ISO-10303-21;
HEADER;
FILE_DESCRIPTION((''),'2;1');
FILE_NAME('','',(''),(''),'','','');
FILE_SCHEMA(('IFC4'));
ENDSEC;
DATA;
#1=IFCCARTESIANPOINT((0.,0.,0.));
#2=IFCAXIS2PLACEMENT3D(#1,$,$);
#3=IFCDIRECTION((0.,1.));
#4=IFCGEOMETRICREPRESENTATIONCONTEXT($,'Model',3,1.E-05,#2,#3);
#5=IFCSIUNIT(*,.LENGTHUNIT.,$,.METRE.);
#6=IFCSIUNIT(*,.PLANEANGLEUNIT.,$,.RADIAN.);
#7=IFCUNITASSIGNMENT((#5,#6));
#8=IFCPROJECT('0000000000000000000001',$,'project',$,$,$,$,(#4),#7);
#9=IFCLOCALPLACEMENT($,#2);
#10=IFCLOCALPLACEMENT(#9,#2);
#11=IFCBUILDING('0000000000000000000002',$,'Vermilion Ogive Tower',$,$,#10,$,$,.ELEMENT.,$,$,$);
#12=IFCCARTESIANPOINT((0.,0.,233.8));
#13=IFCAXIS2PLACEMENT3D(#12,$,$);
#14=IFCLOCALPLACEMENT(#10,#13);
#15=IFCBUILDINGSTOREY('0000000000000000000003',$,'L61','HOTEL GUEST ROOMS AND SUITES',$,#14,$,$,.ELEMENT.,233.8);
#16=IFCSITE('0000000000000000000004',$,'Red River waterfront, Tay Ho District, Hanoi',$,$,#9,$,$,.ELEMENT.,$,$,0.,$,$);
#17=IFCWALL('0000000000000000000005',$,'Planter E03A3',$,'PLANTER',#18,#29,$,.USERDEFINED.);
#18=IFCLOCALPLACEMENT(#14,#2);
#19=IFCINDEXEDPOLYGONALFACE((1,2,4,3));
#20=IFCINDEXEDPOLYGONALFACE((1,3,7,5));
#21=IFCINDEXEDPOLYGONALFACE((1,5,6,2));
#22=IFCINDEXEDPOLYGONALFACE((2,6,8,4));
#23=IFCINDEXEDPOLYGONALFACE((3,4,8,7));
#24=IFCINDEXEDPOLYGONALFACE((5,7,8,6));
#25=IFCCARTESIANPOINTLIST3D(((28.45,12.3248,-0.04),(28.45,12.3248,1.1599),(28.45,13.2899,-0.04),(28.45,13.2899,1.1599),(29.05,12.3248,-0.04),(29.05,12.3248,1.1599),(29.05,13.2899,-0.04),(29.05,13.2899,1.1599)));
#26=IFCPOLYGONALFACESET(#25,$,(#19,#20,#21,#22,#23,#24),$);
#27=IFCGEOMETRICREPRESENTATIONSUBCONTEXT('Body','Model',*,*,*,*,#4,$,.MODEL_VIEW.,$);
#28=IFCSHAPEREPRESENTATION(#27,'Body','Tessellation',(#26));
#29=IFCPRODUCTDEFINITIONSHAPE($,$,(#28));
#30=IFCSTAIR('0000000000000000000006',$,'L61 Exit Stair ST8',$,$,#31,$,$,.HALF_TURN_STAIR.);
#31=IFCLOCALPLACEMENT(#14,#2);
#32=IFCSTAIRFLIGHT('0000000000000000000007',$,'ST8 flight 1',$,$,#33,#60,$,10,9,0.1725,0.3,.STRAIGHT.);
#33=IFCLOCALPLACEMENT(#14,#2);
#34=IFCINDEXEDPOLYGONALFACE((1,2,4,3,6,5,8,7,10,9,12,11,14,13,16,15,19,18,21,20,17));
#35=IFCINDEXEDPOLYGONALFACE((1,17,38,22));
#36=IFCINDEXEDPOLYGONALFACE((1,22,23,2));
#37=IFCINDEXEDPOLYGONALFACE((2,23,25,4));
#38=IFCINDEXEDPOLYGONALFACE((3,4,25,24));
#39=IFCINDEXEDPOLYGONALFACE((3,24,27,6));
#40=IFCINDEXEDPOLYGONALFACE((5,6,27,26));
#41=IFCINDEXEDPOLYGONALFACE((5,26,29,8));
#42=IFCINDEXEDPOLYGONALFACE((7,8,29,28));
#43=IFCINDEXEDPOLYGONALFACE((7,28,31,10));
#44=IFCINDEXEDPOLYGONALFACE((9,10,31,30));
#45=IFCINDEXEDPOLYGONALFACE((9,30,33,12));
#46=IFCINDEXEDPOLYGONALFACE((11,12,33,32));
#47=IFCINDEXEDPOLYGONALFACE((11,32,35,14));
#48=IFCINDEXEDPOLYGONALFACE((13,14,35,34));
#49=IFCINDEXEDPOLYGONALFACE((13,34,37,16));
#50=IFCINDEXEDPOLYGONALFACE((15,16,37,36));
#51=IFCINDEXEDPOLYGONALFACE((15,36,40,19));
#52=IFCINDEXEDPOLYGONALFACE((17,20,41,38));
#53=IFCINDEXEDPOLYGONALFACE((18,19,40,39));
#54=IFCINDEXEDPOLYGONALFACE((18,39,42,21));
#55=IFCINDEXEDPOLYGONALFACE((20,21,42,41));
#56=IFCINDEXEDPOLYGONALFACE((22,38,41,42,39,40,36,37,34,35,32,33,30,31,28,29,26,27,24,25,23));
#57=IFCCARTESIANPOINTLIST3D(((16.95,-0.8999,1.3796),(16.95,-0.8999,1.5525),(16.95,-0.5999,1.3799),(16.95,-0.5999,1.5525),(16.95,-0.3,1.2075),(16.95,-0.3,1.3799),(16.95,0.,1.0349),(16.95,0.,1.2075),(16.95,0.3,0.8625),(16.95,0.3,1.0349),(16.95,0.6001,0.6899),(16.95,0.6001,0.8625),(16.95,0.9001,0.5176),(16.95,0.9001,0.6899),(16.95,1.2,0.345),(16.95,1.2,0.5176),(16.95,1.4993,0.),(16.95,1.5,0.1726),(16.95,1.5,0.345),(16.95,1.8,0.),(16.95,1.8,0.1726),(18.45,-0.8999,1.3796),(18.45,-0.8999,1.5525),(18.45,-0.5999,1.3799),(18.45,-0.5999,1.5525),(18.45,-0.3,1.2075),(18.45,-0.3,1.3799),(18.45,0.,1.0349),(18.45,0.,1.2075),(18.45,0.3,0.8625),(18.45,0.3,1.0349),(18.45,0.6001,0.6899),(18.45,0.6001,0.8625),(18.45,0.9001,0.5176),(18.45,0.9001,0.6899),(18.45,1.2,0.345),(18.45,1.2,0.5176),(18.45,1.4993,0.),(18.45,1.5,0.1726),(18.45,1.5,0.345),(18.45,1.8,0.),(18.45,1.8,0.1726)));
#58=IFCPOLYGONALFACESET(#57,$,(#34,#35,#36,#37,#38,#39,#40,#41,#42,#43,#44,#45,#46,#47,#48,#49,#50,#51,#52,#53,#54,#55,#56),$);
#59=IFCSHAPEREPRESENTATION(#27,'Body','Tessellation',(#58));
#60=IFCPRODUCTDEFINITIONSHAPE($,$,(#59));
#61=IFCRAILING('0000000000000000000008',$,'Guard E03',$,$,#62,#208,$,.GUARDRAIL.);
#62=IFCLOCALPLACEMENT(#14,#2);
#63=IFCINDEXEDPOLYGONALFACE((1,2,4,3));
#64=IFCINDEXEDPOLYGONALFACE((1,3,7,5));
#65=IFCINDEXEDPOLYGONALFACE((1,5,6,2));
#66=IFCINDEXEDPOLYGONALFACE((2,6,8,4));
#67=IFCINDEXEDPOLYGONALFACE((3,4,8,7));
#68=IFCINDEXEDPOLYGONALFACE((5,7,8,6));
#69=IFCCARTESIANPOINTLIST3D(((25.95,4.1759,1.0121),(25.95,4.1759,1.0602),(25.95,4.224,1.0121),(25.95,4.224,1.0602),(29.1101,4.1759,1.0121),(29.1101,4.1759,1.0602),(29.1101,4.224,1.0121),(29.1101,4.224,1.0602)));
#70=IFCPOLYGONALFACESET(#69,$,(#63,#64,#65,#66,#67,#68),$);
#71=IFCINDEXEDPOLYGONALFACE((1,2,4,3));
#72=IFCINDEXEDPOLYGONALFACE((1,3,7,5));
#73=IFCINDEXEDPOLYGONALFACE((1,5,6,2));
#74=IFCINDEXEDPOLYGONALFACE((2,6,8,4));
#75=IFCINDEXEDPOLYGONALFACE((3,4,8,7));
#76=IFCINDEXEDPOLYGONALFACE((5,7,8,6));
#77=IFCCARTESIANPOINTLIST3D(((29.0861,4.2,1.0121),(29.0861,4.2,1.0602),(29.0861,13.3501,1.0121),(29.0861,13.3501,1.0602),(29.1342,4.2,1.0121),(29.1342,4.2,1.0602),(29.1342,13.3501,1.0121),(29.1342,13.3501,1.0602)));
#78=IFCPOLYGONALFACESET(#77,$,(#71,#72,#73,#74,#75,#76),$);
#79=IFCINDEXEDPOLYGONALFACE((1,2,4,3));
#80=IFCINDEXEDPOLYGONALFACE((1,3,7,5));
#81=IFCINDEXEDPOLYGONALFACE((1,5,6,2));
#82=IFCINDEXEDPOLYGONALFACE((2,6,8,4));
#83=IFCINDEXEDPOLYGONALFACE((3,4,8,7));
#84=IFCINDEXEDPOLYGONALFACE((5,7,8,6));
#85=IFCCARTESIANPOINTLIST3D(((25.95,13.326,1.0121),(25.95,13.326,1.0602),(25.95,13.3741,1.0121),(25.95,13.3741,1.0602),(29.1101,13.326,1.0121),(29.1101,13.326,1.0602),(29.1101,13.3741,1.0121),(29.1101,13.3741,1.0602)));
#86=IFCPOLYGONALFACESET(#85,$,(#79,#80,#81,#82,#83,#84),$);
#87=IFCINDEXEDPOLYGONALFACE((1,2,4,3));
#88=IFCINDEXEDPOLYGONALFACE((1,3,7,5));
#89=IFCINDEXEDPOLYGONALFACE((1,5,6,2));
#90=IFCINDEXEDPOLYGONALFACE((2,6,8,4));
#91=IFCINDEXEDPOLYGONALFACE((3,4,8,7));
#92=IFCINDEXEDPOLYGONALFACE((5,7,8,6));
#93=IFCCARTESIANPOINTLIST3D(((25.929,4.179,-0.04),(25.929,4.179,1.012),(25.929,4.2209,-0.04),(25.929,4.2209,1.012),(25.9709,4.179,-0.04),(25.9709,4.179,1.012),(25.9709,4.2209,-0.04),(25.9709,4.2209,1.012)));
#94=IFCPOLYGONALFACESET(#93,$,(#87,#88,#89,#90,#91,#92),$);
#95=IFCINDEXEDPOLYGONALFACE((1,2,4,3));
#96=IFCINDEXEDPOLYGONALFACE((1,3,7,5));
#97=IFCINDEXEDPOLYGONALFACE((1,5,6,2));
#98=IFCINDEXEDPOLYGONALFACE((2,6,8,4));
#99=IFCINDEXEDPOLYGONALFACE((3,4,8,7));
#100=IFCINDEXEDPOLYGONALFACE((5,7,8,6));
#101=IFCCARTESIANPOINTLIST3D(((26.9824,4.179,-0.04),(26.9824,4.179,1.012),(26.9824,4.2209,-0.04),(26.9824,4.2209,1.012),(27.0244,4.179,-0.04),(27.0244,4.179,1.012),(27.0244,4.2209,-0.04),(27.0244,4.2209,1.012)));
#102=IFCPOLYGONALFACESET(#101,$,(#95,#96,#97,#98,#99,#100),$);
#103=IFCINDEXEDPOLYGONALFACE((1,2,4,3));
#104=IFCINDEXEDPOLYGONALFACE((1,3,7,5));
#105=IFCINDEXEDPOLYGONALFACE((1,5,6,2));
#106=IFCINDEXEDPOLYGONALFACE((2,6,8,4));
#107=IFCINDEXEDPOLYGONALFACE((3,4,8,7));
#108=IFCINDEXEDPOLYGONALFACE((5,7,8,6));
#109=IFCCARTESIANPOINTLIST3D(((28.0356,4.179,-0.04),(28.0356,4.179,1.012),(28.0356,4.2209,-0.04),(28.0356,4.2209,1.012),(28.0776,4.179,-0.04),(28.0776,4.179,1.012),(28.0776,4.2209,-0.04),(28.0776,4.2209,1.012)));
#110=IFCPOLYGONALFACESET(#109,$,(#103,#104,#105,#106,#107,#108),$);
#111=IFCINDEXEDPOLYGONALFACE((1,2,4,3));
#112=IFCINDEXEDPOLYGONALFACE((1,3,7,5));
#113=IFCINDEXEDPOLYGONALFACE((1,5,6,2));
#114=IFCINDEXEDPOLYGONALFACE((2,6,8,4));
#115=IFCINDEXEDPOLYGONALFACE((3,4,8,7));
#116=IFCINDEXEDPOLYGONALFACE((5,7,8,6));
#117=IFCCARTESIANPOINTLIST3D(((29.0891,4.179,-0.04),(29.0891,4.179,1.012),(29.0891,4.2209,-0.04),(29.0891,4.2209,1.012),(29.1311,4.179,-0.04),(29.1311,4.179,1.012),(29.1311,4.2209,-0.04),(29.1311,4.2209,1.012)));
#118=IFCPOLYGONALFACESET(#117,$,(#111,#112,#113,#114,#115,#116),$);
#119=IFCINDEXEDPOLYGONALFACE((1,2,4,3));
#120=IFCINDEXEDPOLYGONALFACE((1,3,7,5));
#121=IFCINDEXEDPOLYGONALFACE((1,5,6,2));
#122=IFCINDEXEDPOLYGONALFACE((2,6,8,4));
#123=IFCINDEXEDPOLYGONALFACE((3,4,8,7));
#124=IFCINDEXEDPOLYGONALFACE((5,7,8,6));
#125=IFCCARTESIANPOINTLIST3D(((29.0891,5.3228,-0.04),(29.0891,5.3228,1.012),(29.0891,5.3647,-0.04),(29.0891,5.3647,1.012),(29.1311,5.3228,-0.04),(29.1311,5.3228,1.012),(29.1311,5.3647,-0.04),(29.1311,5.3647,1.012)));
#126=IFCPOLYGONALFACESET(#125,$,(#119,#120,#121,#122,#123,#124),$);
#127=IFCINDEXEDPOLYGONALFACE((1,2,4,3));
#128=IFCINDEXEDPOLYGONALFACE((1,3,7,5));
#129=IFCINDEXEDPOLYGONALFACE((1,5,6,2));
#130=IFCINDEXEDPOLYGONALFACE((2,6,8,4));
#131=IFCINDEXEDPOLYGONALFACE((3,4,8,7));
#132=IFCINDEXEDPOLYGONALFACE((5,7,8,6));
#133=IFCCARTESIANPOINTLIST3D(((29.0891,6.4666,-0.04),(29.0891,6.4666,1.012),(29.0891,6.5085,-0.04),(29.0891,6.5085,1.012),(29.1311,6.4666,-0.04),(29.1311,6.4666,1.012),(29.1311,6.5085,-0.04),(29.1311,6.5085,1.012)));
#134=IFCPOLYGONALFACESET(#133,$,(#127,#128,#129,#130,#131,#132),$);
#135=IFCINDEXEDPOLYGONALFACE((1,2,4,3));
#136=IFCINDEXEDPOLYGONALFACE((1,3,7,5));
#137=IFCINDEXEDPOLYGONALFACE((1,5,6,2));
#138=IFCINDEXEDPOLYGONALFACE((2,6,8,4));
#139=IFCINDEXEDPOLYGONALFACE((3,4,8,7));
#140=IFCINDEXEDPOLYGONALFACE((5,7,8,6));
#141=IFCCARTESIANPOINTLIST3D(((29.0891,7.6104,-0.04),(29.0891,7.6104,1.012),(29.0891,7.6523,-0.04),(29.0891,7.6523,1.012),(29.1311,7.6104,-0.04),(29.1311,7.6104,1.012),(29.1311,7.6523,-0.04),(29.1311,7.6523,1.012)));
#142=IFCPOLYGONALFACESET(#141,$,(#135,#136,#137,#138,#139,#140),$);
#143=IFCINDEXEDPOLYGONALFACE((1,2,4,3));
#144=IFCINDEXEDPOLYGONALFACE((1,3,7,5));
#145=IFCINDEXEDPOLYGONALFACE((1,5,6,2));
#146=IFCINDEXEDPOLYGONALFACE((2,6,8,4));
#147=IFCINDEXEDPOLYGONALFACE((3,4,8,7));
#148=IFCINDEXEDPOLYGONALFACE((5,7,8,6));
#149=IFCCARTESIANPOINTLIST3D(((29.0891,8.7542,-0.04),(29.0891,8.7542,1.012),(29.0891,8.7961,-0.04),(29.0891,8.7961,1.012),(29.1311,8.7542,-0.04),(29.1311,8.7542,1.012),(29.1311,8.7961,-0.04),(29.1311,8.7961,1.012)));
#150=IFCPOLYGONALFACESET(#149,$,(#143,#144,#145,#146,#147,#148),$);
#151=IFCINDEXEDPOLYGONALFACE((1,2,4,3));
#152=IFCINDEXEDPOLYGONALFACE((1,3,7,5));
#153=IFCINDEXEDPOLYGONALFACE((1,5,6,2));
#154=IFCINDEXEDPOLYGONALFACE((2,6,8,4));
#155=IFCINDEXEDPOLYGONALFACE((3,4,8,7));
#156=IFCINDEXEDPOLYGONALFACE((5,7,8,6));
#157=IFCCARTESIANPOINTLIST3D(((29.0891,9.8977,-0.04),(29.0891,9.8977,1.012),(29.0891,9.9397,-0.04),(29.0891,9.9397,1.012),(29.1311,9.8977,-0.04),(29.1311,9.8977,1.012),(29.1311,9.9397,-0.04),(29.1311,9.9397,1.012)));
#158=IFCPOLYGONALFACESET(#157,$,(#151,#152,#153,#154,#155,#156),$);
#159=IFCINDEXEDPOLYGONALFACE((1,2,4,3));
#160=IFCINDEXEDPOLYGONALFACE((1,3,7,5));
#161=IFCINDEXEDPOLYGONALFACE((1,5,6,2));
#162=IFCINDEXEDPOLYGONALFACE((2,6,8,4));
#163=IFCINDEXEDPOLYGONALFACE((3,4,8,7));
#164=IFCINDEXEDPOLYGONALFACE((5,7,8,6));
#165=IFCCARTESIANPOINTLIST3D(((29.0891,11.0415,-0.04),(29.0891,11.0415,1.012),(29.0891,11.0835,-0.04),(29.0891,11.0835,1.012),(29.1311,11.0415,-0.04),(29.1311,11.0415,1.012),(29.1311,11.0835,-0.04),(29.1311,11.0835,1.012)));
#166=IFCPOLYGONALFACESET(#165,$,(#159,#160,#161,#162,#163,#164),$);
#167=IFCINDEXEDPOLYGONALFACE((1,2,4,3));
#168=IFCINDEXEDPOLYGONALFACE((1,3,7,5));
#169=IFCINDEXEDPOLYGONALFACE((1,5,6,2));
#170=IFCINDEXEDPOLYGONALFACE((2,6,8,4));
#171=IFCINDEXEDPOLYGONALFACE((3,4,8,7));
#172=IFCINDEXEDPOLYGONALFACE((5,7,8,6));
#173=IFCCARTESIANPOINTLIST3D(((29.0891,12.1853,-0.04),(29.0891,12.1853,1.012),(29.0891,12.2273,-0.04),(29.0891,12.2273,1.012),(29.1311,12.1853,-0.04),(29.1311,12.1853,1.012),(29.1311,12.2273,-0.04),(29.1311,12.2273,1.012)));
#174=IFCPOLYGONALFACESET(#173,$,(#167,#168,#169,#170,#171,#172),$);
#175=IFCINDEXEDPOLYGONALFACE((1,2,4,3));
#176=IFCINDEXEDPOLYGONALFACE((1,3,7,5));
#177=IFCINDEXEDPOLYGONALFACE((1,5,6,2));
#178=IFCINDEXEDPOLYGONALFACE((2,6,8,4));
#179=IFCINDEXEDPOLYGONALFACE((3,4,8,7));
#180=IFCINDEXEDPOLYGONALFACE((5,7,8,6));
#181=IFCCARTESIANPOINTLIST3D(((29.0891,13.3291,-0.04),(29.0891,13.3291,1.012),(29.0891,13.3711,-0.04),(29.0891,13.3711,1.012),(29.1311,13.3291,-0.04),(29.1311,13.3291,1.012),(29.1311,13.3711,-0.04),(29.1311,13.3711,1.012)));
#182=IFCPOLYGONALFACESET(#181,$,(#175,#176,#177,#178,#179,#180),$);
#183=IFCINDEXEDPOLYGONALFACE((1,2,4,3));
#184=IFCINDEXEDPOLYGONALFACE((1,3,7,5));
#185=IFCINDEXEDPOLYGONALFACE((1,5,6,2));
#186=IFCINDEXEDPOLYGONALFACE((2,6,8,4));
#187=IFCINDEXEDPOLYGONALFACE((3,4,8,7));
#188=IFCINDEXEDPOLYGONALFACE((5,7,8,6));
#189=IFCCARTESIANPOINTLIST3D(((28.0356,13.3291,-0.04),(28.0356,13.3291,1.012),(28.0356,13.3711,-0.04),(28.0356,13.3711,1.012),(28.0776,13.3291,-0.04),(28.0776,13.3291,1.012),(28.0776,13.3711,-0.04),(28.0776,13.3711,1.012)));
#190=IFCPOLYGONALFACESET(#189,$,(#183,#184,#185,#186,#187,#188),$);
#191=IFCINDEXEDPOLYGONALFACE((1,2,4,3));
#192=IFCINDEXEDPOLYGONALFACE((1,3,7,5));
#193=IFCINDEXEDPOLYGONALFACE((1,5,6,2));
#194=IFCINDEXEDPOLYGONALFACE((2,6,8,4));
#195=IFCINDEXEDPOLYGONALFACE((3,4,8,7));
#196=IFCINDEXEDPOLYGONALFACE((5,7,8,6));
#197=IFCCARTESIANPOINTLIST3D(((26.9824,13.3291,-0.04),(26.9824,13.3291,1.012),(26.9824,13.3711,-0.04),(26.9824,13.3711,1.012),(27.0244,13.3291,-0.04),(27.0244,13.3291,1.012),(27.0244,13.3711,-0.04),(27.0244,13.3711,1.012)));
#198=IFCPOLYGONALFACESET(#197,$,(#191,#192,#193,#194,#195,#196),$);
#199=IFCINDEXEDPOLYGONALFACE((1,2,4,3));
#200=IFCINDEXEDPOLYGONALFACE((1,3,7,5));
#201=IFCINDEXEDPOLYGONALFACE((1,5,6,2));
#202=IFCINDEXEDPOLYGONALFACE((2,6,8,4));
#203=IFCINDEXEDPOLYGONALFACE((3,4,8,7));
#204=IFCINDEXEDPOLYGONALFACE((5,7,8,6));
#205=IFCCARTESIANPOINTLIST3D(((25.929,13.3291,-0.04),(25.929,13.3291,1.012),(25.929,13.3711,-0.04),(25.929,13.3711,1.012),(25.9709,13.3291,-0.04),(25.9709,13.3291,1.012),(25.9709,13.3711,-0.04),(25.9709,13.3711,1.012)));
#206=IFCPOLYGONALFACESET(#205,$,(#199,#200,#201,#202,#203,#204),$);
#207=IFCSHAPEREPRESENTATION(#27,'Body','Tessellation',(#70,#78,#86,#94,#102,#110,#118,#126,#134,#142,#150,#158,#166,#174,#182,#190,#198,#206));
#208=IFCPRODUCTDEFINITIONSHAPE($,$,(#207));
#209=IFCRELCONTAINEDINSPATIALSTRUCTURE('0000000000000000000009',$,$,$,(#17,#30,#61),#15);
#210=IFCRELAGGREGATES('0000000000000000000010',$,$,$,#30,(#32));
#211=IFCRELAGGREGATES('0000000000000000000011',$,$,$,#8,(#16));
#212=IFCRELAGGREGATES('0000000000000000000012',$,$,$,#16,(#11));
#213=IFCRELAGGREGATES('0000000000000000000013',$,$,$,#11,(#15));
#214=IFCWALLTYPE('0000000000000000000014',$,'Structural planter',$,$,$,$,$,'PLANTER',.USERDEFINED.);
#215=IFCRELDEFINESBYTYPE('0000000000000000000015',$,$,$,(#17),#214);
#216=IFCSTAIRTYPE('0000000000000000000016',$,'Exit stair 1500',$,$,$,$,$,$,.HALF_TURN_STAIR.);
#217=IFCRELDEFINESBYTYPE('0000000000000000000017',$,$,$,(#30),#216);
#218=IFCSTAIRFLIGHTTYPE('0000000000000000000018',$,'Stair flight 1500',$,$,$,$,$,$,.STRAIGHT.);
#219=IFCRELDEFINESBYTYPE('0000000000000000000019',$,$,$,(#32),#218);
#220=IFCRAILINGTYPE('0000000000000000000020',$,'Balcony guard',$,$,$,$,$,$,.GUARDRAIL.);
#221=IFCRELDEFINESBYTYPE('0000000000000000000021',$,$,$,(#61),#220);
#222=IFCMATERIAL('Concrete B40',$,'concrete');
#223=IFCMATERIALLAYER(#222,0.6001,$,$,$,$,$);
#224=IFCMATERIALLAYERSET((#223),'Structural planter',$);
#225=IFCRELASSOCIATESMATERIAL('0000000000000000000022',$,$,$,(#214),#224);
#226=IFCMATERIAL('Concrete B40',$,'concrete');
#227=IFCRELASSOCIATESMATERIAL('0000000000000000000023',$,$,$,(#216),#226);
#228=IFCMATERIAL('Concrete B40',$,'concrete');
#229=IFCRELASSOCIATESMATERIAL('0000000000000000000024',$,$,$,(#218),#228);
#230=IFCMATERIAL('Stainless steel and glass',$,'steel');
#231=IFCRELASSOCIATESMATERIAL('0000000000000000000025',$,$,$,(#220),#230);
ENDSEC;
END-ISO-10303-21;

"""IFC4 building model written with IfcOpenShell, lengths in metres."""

from ifc_helpers import new_model, si_unit, direction, frame, frame_2d, origin, origin_2d, place, context, subcontext, project, spatial, polyline, rectangle, outline, extrude, material, layer, layer_set, type_object, element, aggregate, save


model = new_model("IFC4")

# Units and contexts
model_context = context("Model", 3, precision=1e-05, world=origin(), true_north=direction((0.0, 1.0)))
body_context = subcontext(model_context, "Body", "Model", "MODEL_VIEW")
ifc_project = project(units=[si_unit("LENGTHUNIT", "METRE"), si_unit("PLANEANGLEUNIT", "RADIAN")], contexts=[model_context])

# Site, building, storey
site_placement = place(None, origin())
site = spatial("IfcSite", under=ifc_project, at=site_placement, Name="Red River waterfront, Tay Ho District, Hanoi", CompositionType="ELEMENT", RefElevation=0.0)
building_placement = place(site_placement, origin())
building = spatial("IfcBuilding", under=site, at=building_placement, Name="Vermilion Ogive Tower", CompositionType="ELEMENT")
storey_placement = place(building_placement, frame((0.0, 0.0, 233.8)))
storey = spatial("IfcBuildingStorey", under=building, at=storey_placement, Name="L61", Description="HOTEL GUEST ROOMS AND SUITES", CompositionType="ELEMENT", Elevation=233.8)

# Wall
ifc_material_1 = material(Name="Concrete B40", Category="concrete")
ifc_layer_1 = layer(ifc_material_1, 0.6001)
ifc_layer_set_1 = layer_set([ifc_layer_1], Name="Structural planter")
wall_type_1 = type_object("IfcWallType", Name="Structural planter", ElementType="PLANTER", PredefinedType="USERDEFINED", material=ifc_layer_set_1)
wall_1_placement = place(storey_placement, frame((28.75, 12.325, -0.04), z_axis=(0.0, 0.0, 1.0), x_axis=(0.0, 1.0, 0.0)))
element("IfcWall", 1, at=wall_1_placement, inside=storey, type_object=wall_type_1, Name="Planter E03A3", ObjectType="PLANTER", PredefinedType="USERDEFINED", context=body_context, shape_type="SweptSolid", body=[
    extrude(rectangle(XDim=0.9651, YDim=0.6001, at=frame_2d((0.4824, 0.0))), origin(), (0.0, 0.0, 1.0), 1.2),
])

# Stair, stair flight
ifc_material_2 = material(Name="Concrete B40", Category="concrete")
stair_type = type_object("IfcStairType", Name="Exit stair 1500", PredefinedType="HALF_TURN_STAIR", material=ifc_material_2)
stair_placement = place(storey_placement, origin())
stair = element("IfcStair", 2, at=stair_placement, inside=storey, type_object=stair_type, Name="L61 Exit Stair ST8", PredefinedType="HALF_TURN_STAIR")
ifc_material_3 = material(Name="Concrete B40", Category="concrete")
stair_flight_type = type_object("IfcStairFlightType", Name="Stair flight 1500", PredefinedType="STRAIGHT", material=ifc_material_3)
stair_flight_placement = place(storey_placement, frame((17.7, 1.8, 0.0), z_axis=(0.0, 0.0, 1.0), x_axis=(0.0, -1.0, 0.0)))
stair_flight = element("IfcStairFlight", 3, at=stair_flight_placement, type_object=stair_flight_type, Name="ST8 flight 1", NumberOfRisers=10, NumberOfTreads=9, PredefinedType="STRAIGHT", RiserHeight=0.1725, TreadLength=0.3, context=body_context, shape_type="SweptSolid", body=[
    extrude(outline(polyline([(0.0, 0.0), (0.0, 0.1726), (0.3, 0.1726), (0.3, 0.345), (0.6001, 0.345), (0.6001, 0.5176), (0.8999, 0.5176), (0.8999, 0.6899), (1.2, 0.6899), (1.2, 0.8625), (1.5, 0.8625), (1.5, 1.0349), (1.8, 1.0349), (1.8, 1.2075), (2.1001, 1.2075), (2.1001, 1.3799), (2.3999, 1.3799), (2.3999, 1.5525), (2.7, 1.5525), (2.7, 1.7251), (2.7, 1.3796), (0.3008, 0.0), (0.0, 0.0)])), frame((0.0, 0.75, 0.0), z_axis=(0.0, -1.0, 0.0), x_axis=(1.0, 0.0, 0.0)), (0.0, 0.0, 1.0), 1.5),
])
aggregate(stair, [stair_flight])

# Railing
ifc_material_4 = material(Name="Stainless steel and glass", Category="steel")
railing_type_1 = type_object("IfcRailingType", Name="Balcony guard", PredefinedType="GUARDRAIL", material=ifc_material_4)
railing_1_placement = place(storey_placement, frame((25.95, 4.2, -0.04)))
element("IfcRailing", 4, at=railing_1_placement, inside=storey, type_object=railing_type_1, Name="Guard E03", PredefinedType="GUARDRAIL", context=body_context, shape_type="SweptSolid", body=[
    extrude(rectangle(XDim=0.0481, YDim=0.0481, at=origin_2d()), frame((0.0, 0.0, 1.0762), z_axis=(1.0, 0.0, 0.0), x_axis=(0.0, 1.0, 0.0)), (0.0, 0.0, 1.0), 3.1602),
    extrude(rectangle(XDim=0.0481, YDim=0.0481, at=origin_2d()), frame((3.1602, 0.0, 1.0762), z_axis=(0.0, 1.0, 0.0), x_axis=(-1.0, 0.0, 0.0)), (0.0, 0.0, 1.0), 9.1501),
    extrude(rectangle(XDim=0.0481, YDim=0.0481, at=origin_2d()), frame((3.1602, 9.1501, 1.0762), z_axis=(-1.0, 0.0, 0.0), x_axis=(0.0, -1.0, 0.0)), (0.0, 0.0, 1.0), 3.1602),
    extrude(rectangle(XDim=0.042, YDim=0.042, at=origin_2d()), origin(), (0.0, 0.0, 1.0), 1.052),
    extrude(rectangle(XDim=0.042, YDim=0.042, at=origin_2d()), frame((1.0535, 0.0, 0.0)), (0.0, 0.0, 1.0), 1.052),
    extrude(rectangle(XDim=0.042, YDim=0.042, at=origin_2d()), frame((2.1067, 0.0, 0.0)), (0.0, 0.0, 1.0), 1.052),
    extrude(rectangle(XDim=0.042, YDim=0.042, at=origin_2d()), frame((3.1602, 0.0, 0.0)), (0.0, 0.0, 1.0), 1.052),
    extrude(rectangle(XDim=0.042, YDim=0.042, at=origin_2d()), frame((3.1602, 1.1438, 0.0)), (0.0, 0.0, 1.0), 1.052),
    extrude(rectangle(XDim=0.042, YDim=0.042, at=origin_2d()), frame((3.1602, 2.2876, 0.0)), (0.0, 0.0, 1.0), 1.052),
    extrude(rectangle(XDim=0.042, YDim=0.042, at=origin_2d()), frame((3.1602, 3.4314, 0.0)), (0.0, 0.0, 1.0), 1.052),
    extrude(rectangle(XDim=0.042, YDim=0.042, at=origin_2d()), frame((3.1602, 4.5752, 0.0)), (0.0, 0.0, 1.0), 1.052),
    extrude(rectangle(XDim=0.042, YDim=0.042, at=origin_2d()), frame((3.1602, 5.7188, 0.0)), (0.0, 0.0, 1.0), 1.052),
    extrude(rectangle(XDim=0.042, YDim=0.042, at=origin_2d()), frame((3.1602, 6.8625, 0.0)), (0.0, 0.0, 1.0), 1.052),
    extrude(rectangle(XDim=0.042, YDim=0.042, at=origin_2d()), frame((3.1602, 8.0063, 0.0)), (0.0, 0.0, 1.0), 1.052),
    extrude(rectangle(XDim=0.042, YDim=0.042, at=origin_2d()), frame((3.1602, 9.1501, 0.0)), (0.0, 0.0, 1.0), 1.052),
    extrude(rectangle(XDim=0.042, YDim=0.042, at=origin_2d()), frame((2.1067, 9.1501, 0.0)), (0.0, 0.0, 1.0), 1.052),
    extrude(rectangle(XDim=0.042, YDim=0.042, at=origin_2d()), frame((1.0535, 9.1501, 0.0)), (0.0, 0.0, 1.0), 1.052),
    extrude(rectangle(XDim=0.042, YDim=0.042, at=origin_2d()), frame((0.0, 9.1501, 0.0)), (0.0, 0.0, 1.0), 1.052),
])

save(model, "model.ifc")
